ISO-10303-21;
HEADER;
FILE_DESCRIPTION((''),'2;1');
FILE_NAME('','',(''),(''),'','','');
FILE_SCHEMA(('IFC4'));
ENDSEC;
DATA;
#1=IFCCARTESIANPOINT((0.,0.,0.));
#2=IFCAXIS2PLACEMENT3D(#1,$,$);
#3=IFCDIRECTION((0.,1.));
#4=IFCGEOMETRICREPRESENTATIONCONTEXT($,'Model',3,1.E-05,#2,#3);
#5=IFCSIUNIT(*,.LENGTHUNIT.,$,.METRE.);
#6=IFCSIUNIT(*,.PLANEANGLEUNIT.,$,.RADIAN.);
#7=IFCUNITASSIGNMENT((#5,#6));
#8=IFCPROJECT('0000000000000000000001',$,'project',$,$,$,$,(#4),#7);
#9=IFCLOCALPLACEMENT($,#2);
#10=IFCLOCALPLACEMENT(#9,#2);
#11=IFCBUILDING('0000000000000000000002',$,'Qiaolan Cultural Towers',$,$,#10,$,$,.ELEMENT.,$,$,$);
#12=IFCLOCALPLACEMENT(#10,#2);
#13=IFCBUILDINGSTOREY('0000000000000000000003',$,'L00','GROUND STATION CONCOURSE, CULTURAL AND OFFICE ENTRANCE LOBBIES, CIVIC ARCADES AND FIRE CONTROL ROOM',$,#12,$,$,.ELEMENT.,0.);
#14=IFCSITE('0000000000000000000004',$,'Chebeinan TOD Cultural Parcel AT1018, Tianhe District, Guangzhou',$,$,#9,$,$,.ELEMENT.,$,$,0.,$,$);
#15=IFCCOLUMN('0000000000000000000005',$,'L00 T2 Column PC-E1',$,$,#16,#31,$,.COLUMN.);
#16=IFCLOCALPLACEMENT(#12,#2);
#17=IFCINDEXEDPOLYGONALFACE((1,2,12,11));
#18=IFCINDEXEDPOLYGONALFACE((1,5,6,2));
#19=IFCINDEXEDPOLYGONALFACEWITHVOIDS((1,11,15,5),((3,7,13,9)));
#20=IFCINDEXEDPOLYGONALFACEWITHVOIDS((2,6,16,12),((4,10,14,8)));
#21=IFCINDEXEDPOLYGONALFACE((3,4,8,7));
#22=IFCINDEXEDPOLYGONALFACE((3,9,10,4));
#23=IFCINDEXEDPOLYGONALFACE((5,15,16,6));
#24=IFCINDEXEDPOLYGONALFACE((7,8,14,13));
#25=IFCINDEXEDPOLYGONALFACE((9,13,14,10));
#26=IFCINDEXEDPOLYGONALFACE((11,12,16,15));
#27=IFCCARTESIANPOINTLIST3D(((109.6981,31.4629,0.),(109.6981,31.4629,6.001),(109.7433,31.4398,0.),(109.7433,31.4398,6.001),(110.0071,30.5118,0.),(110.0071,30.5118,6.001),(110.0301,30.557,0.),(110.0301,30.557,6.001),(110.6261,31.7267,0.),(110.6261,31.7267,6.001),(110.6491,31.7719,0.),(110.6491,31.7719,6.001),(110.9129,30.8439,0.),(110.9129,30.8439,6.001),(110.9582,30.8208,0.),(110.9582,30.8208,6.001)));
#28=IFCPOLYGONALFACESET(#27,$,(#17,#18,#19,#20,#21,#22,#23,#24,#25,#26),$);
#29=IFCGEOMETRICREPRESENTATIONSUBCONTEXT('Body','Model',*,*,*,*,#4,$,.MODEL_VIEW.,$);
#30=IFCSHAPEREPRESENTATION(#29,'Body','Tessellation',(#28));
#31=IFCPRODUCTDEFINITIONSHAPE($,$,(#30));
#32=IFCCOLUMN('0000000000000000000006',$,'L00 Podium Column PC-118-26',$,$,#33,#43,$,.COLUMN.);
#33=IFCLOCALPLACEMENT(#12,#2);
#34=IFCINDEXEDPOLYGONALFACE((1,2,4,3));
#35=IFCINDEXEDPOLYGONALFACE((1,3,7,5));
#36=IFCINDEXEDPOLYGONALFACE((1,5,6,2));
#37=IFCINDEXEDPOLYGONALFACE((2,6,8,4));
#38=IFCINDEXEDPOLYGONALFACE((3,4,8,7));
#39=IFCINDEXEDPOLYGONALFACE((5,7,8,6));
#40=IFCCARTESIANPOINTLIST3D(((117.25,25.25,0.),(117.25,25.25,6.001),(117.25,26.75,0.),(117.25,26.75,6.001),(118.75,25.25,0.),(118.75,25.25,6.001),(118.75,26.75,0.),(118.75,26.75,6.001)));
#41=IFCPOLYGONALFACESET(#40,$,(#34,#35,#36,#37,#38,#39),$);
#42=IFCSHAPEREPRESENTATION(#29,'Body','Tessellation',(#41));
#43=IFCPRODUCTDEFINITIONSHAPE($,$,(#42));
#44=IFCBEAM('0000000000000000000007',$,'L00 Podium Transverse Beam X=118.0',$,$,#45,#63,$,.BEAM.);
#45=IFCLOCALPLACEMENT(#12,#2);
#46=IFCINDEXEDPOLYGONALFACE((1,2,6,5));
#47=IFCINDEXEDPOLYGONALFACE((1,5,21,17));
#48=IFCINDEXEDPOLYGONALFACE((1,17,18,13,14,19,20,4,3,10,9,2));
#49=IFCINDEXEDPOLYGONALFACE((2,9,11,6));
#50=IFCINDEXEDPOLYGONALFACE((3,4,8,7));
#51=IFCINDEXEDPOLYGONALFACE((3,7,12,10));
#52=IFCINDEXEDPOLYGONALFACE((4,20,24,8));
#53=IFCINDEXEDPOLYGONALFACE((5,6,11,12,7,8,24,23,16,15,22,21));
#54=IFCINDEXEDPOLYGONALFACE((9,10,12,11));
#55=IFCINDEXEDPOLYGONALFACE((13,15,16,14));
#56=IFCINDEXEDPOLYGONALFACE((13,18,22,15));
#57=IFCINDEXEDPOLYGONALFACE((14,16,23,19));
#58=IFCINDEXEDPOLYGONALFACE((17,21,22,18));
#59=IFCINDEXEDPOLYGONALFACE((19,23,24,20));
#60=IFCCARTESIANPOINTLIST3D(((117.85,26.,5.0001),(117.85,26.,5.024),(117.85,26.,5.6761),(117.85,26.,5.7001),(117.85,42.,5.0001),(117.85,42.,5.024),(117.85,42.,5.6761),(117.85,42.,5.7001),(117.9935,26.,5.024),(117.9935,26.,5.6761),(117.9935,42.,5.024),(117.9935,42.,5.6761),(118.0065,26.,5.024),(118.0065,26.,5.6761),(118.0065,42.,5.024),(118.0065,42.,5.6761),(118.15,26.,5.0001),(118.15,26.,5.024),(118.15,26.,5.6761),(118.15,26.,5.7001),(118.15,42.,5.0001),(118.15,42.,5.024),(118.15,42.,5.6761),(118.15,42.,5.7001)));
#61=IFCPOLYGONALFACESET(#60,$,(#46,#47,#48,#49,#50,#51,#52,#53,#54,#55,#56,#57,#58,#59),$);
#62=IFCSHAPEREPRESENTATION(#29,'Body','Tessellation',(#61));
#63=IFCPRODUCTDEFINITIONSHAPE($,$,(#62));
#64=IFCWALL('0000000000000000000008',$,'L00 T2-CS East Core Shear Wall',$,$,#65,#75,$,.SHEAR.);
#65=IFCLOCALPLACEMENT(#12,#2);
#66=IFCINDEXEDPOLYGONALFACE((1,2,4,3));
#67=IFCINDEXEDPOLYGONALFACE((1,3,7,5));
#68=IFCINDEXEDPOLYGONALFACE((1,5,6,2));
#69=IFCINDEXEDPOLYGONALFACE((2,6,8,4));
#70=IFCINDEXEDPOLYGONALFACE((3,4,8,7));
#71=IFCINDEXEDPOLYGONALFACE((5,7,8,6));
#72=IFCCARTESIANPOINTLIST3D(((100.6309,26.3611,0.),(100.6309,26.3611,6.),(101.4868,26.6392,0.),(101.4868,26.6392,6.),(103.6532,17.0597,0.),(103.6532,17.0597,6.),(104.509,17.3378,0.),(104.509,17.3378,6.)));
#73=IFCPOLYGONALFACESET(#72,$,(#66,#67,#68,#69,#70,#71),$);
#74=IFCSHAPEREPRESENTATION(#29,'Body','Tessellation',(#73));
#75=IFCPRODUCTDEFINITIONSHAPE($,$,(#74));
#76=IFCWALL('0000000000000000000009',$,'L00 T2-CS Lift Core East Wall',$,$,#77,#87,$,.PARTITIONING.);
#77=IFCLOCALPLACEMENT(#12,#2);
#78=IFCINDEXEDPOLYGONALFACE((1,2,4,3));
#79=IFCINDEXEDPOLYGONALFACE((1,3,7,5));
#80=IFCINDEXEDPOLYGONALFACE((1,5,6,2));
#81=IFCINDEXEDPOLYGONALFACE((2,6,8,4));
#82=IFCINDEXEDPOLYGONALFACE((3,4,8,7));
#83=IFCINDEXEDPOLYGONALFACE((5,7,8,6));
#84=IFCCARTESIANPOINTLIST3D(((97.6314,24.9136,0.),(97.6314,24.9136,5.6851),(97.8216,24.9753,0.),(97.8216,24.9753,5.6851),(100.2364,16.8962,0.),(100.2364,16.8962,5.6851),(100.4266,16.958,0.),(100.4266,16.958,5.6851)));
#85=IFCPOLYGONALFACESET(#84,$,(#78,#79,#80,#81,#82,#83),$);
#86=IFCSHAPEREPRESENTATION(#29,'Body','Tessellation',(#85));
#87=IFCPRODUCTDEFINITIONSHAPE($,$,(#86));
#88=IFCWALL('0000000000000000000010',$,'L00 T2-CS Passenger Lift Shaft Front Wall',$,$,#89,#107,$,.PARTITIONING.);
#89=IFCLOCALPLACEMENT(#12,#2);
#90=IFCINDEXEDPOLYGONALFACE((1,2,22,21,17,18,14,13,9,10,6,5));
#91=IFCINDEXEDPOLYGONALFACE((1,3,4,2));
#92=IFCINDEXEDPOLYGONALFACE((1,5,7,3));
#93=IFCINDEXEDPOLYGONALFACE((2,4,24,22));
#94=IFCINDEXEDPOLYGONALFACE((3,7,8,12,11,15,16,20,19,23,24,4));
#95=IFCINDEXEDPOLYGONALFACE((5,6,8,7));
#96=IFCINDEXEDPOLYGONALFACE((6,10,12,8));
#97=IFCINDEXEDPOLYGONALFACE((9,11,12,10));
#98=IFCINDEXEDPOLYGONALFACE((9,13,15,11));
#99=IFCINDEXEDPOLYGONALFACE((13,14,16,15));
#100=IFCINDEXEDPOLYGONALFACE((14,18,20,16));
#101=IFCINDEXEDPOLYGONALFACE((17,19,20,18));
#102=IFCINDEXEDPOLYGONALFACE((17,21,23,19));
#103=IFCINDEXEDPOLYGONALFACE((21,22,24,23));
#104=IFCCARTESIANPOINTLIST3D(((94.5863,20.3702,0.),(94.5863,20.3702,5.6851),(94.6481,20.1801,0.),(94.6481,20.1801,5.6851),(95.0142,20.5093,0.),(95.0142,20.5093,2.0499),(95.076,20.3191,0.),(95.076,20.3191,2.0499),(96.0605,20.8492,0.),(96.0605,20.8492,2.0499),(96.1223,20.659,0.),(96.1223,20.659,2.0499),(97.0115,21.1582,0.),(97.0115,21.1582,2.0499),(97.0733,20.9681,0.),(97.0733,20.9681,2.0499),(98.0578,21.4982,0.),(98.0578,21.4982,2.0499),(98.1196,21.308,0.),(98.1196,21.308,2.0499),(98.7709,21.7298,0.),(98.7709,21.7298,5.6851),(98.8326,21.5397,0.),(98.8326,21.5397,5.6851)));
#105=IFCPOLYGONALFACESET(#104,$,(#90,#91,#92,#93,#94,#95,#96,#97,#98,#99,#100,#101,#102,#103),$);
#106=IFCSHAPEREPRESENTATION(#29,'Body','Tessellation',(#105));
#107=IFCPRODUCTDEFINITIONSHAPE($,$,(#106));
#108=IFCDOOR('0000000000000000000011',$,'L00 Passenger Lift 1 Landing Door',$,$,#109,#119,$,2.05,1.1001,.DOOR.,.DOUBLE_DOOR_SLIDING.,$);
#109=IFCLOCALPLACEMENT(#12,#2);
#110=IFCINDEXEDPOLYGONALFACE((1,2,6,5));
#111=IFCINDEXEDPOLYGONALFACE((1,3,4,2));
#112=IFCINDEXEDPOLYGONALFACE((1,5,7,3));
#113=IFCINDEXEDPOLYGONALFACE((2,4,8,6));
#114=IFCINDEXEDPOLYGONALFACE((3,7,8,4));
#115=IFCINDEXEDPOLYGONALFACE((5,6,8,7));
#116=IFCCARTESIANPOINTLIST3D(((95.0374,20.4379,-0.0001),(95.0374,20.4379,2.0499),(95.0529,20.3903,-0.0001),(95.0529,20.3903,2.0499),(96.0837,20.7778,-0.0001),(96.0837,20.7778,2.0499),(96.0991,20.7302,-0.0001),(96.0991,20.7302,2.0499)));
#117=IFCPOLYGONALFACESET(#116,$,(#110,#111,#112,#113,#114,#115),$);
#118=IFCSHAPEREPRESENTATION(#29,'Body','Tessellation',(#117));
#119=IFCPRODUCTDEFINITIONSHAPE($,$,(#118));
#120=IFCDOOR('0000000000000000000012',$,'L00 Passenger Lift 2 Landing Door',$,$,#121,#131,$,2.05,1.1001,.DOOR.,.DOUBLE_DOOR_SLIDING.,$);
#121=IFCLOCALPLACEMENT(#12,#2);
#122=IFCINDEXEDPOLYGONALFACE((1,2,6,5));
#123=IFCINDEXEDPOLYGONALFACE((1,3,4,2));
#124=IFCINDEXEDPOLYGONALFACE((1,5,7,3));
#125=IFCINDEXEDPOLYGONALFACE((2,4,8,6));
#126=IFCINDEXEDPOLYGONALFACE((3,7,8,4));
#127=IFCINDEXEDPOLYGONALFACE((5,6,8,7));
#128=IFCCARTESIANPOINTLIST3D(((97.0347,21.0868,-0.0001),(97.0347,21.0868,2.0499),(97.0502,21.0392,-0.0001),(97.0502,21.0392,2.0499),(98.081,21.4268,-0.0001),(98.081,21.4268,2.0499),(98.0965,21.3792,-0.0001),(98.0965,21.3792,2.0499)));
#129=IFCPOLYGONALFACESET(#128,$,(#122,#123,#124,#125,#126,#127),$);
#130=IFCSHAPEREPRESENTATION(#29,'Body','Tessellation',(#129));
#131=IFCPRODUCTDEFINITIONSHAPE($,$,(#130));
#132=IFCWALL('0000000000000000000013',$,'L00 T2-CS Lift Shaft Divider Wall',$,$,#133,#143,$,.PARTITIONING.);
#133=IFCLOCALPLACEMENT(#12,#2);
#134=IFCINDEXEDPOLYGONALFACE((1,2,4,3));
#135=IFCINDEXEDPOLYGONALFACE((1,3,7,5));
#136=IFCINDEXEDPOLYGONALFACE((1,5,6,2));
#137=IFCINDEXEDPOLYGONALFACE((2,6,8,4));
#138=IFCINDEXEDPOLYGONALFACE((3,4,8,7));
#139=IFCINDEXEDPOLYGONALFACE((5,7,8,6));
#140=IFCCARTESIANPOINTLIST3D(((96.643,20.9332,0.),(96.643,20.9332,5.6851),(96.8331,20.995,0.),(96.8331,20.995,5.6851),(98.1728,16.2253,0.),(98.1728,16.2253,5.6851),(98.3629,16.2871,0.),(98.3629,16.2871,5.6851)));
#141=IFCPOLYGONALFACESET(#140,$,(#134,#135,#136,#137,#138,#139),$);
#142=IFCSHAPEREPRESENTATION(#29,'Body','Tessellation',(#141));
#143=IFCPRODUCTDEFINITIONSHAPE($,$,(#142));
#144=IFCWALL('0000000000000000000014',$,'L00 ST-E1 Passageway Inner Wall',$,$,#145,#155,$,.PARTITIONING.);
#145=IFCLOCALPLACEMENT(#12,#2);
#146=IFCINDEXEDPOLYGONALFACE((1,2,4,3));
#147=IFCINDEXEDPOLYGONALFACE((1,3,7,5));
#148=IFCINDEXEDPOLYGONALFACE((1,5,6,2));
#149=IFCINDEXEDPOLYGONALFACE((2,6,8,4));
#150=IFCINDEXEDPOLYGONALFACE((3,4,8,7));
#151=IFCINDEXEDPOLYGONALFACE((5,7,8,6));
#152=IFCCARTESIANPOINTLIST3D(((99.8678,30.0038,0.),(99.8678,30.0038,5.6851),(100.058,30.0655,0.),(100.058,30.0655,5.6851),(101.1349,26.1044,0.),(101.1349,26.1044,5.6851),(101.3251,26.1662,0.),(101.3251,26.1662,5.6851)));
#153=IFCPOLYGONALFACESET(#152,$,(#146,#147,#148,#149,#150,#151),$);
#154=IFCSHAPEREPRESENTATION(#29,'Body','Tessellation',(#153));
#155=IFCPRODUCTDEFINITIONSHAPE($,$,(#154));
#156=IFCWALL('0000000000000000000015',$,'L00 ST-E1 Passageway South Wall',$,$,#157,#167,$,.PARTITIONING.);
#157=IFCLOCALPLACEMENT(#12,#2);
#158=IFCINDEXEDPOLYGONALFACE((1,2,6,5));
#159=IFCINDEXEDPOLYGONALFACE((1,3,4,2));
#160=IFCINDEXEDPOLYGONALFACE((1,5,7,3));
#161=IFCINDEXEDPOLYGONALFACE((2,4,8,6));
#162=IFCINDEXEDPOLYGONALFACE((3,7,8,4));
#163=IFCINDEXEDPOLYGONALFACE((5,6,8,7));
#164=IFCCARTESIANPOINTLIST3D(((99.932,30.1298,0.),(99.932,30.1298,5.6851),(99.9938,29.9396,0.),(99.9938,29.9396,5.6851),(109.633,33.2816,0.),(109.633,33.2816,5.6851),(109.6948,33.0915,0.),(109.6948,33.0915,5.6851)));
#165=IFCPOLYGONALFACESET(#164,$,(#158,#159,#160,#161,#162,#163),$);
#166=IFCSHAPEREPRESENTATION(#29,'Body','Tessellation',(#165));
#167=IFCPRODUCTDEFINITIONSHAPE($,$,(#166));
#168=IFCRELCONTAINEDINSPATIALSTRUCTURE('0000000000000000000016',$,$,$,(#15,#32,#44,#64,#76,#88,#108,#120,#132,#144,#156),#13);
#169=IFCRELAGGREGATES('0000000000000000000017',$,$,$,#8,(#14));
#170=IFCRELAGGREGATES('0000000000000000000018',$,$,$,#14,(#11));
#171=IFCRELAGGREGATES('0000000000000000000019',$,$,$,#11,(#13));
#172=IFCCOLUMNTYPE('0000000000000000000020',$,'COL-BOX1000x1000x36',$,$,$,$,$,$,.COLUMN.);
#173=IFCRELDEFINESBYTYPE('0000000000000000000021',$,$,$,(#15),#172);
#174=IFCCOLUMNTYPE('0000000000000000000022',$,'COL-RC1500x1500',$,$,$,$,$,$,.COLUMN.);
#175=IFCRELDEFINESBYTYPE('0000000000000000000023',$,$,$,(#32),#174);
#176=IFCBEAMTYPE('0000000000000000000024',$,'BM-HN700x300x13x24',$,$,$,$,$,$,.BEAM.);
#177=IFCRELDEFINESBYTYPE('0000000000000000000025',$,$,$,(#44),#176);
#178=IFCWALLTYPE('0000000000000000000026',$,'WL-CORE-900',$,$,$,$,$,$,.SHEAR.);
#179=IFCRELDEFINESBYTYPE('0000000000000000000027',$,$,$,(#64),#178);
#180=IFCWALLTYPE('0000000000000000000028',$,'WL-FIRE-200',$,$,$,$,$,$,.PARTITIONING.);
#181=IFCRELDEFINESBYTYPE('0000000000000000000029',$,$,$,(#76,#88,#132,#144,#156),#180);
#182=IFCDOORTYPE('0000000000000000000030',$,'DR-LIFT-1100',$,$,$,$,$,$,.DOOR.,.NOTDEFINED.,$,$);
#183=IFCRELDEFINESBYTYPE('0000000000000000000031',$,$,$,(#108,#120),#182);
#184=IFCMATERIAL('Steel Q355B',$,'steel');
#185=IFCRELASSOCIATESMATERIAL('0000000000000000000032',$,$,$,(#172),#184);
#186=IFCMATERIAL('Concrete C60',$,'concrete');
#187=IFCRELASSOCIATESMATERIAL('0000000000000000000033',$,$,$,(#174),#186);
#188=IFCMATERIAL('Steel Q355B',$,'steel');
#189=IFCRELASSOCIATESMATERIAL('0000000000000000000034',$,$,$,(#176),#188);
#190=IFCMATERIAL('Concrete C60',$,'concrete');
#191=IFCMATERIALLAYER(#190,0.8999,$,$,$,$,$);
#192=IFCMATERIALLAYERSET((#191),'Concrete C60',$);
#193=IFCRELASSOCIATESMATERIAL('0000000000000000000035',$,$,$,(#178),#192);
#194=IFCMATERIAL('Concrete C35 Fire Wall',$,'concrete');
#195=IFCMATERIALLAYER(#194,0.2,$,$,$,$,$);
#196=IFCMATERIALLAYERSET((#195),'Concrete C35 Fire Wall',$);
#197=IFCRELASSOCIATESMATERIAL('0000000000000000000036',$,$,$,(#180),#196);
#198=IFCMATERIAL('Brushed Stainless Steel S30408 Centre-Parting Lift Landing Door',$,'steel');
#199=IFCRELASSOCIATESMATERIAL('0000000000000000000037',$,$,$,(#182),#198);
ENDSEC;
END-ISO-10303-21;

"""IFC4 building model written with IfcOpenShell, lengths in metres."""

from ifc_helpers import new_model, si_unit, direction, frame, frame_2d, origin, origin_2d, place, context, subcontext, project, spatial, rectangle, hollow_rectangle, i_section, extrude, material, layer, layer_set, material_profile, profile_set, type_object, element, fill, save


model = new_model("IFC4")

# Units and contexts
model_context = context("Model", 3, precision=1e-05, world=origin(), true_north=direction((0.0, 1.0)))
body_context = subcontext(model_context, "Body", "Model", "MODEL_VIEW")
ifc_project = project(units=[si_unit("LENGTHUNIT", "METRE"), si_unit("PLANEANGLEUNIT", "RADIAN")], contexts=[model_context])

# Site, building, storey
site_placement = place(None, origin())
site = spatial("IfcSite", under=ifc_project, at=site_placement, Name="Chebeinan TOD Cultural Parcel AT1018, Tianhe District, Guangzhou", CompositionType="ELEMENT", RefElevation=0.0)
building_placement = place(site_placement, origin())
building = spatial("IfcBuilding", under=site, at=building_placement, Name="Qiaolan Cultural Towers", CompositionType="ELEMENT")
storey_placement = place(building_placement, origin())
storey = spatial("IfcBuildingStorey", under=building, at=storey_placement, Name="L00", Description="GROUND STATION CONCOURSE, CULTURAL AND OFFICE ENTRANCE LOBBIES, CIVIC ARCADES AND FIRE CONTROL ROOM", CompositionType="ELEMENT", Elevation=0.0)

# Columns
ifc_material_1 = material(Name="Steel Q355B", Category="steel")
ifc_material_profile_1 = material_profile(ifc_material_1, hollow_rectangle(XDim=1.0, YDim=1.0, WallThickness=0.0359, at=origin_2d()), Name="BOX1000x1000x36")
ifc_profile_set_1 = profile_set([ifc_material_profile_1], Name="Steel Q355B")
column_type_1 = type_object("IfcColumnType", Name="COL-BOX1000x1000x36", PredefinedType="COLUMN", material=ifc_profile_set_1)
column_1_placement = place(storey_placement, frame((110.3281, 31.1418, 0.0), z_axis=(0.0, 0.0, 1.0), x_axis=(0.951057, 0.309017, 0.0)))
element("IfcColumn", 1, at=column_1_placement, inside=storey, type_object=column_type_1, Name="L00 T2 Column PC-E1", PredefinedType="COLUMN", context=body_context, shape_type="SweptSolid", body=[
    extrude(hollow_rectangle(XDim=1.0, YDim=1.0, WallThickness=0.0359, at=origin_2d()), origin(), (0.0, 0.0, 1.0), 6.001),
])
ifc_material_2 = material(Name="Concrete C60", Category="concrete")
ifc_material_profile_2 = material_profile(ifc_material_2, rectangle(XDim=1.5, YDim=1.5, at=origin_2d()), Name="RC1500x1500")
ifc_profile_set_2 = profile_set([ifc_material_profile_2], Name="Concrete C60")
column_type_2 = type_object("IfcColumnType", Name="COL-RC1500x1500", PredefinedType="COLUMN", material=ifc_profile_set_2)
column_2_placement = place(storey_placement, frame((118.0, 26.0, 0.0), z_axis=(0.0, 0.0, 1.0), x_axis=(1.0, 0.0, 0.0)))
element("IfcColumn", 2, at=column_2_placement, inside=storey, type_object=column_type_2, Name="L00 Podium Column PC-118-26", PredefinedType="COLUMN", context=body_context, shape_type="SweptSolid", body=[
    extrude(rectangle(XDim=1.5, YDim=1.5, at=origin_2d()), origin(), (0.0, 0.0, 1.0), 6.001),
])

# Beam
ifc_material_3 = material(Name="Steel Q355B", Category="steel")
ifc_material_profile_3 = material_profile(ifc_material_3, i_section(OverallWidth=0.3, OverallDepth=0.7, WebThickness=0.0129, FlangeThickness=0.0239, at=origin_2d()), Name="HN700x300x13x24")
ifc_profile_set_3 = profile_set([ifc_material_profile_3], Name="Steel Q355B")
beam_type = type_object("IfcBeamType", Name="BM-HN700x300x13x24", PredefinedType="BEAM", material=ifc_profile_set_3)
beam_placement = place(storey_placement, frame((118.0, 26.0, 5.3501), z_axis=(0.0, 1.0, 0.0), x_axis=(-1.0, 0.0, 0.0)))
element("IfcBeam", 3, at=beam_placement, inside=storey, type_object=beam_type, Name="L00 Podium Transverse Beam X=118.0", PredefinedType="BEAM", context=body_context, shape_type="SweptSolid", body=[
    extrude(i_section(OverallWidth=0.3, OverallDepth=0.7, WebThickness=0.0129, FlangeThickness=0.0239, at=origin_2d()), origin(), (0.0, 0.0, 1.0), 16.0),
])

# Walls
ifc_material_4 = material(Name="Concrete C60", Category="concrete")
ifc_layer_1 = layer(ifc_material_4, 0.8999)
ifc_layer_set_1 = layer_set([ifc_layer_1], Name="Concrete C60")
wall_type_1 = type_object("IfcWallType", Name="WL-CORE-900", PredefinedType="SHEAR", material=ifc_layer_set_1)
wall_1_placement = place(storey_placement, frame((101.0588, 26.5002, 0.0), z_axis=(0.0, 0.0, 1.0), x_axis=(0.309022, -0.951055, 0.0)))
element("IfcWall", 4, at=wall_1_placement, inside=storey, type_object=wall_type_1, Name="L00 T2-CS East Core Shear Wall", PredefinedType="SHEAR", context=body_context, shape_type="SweptSolid", body=[
    extrude(rectangle(XDim=9.78, YDim=0.8999, at=frame_2d((4.8901, 0.0))), origin(), (0.0, 0.0, 1.0), 6.0),
])
ifc_material_5 = material(Name="Concrete C35 Fire Wall", Category="concrete")
ifc_layer_2 = layer(ifc_material_5, 0.2)
ifc_layer_set_2 = layer_set([ifc_layer_2], Name="Concrete C35 Fire Wall")
wall_type_2 = type_object("IfcWallType", Name="WL-FIRE-200", PredefinedType="PARTITIONING", material=ifc_layer_set_2)
wall_2_placement = place(storey_placement, frame((97.7266, 24.9443, 0.0), z_axis=(0.0, 0.0, 1.0), x_axis=(0.309016, -0.951057, 0.0)))
element("IfcWall", 5, at=wall_2_placement, inside=storey, type_object=wall_type_2, Name="L00 T2-CS Lift Core East Wall", PredefinedType="PARTITIONING", context=body_context, shape_type="SweptSolid", body=[
    extrude(rectangle(XDim=8.4299, YDim=0.2, at=frame_2d((4.2148, 0.0))), origin(), (0.0, 0.0, 1.0), 5.6851),
])

# Wall, openings, doors
wall_3_placement = place(storey_placement, frame((94.6172, 20.2751, 0.0), z_axis=(0.0, 0.0, 1.0), x_axis=(0.951059, 0.309011, 0.0)))
wall_3 = element("IfcWall", 6, at=wall_3_placement, inside=storey, type_object=wall_type_2, Name="L00 T2-CS Passenger Lift Shaft Front Wall", PredefinedType="PARTITIONING", context=body_context, shape_type="SweptSolid", body=[
    extrude(rectangle(XDim=4.3999, YDim=0.2, at=frame_2d((2.2, 0.0))), origin(), (0.0, 0.0, 1.0), 5.6851),
])
opening_1_placement = place(wall_3_placement, frame((0.45, 0.0, 0.0)))
opening_1 = element("IfcOpeningElement", 7, at=opening_1_placement, cuts=wall_3, PredefinedType="OPENING", context=body_context, shape_type="SweptSolid", body=[
    extrude(rectangle(XDim=1.1001, YDim=2.05, at=frame_2d((0.55, 1.0249))), frame((0.0, 0.1099, 0.0), z_axis=(0.0, -1.0, 0.0), x_axis=(1.0, 0.0, 0.0)), (0.0, 0.0, 1.0), 0.22),
])
opening_2_placement = place(wall_3_placement, frame((2.55, 0.0, 0.0)))
opening_2 = element("IfcOpeningElement", 8, at=opening_2_placement, cuts=wall_3, PredefinedType="OPENING", context=body_context, shape_type="SweptSolid", body=[
    extrude(rectangle(XDim=1.1001, YDim=2.05, at=frame_2d((0.55, 1.0249))), frame((0.0, 0.1099, 0.0), z_axis=(0.0, -1.0, 0.0), x_axis=(1.0, 0.0, 0.0)), (0.0, 0.0, 1.0), 0.22),
])
ifc_material_6 = material(Name="Brushed Stainless Steel S30408 Centre-Parting Lift Landing Door", Category="steel")
door_type_1 = type_object("IfcDoorType", Name="DR-LIFT-1100", OperationType="NOTDEFINED", PredefinedType="DOOR", material=ifc_material_6)
door_1_placement = place(opening_1_placement, origin())
door_1 = element("IfcDoor", 9, at=door_1_placement, inside=storey, type_object=door_type_1, Name="L00 Passenger Lift 1 Landing Door", OperationType="DOUBLE_DOOR_SLIDING", OverallHeight=2.05, OverallWidth=1.1001, PredefinedType="DOOR", context=body_context, shape_type="SweptSolid", body=[
    extrude(rectangle(XDim=1.1001, YDim=2.05, at=frame_2d((0.55, 1.0249))), frame((0.0, 0.0249, 0.0), z_axis=(0.0, -1.0, 0.0), x_axis=(1.0, 0.0, 0.0)), (0.0, 0.0, 1.0), 0.05),
])
fill(opening_1, door_1)
door_2_placement = place(opening_2_placement, origin())
door_2 = element("IfcDoor", 10, at=door_2_placement, inside=storey, type_object=door_type_1, Name="L00 Passenger Lift 2 Landing Door", OperationType="DOUBLE_DOOR_SLIDING", OverallHeight=2.05, OverallWidth=1.1001, PredefinedType="DOOR", context=body_context, shape_type="SweptSolid", body=[
    extrude(rectangle(XDim=1.1001, YDim=2.05, at=frame_2d((0.55, 1.0249))), frame((0.0, 0.0249, 0.0), z_axis=(0.0, -1.0, 0.0), x_axis=(1.0, 0.0, 0.0)), (0.0, 0.0, 1.0), 0.05),
])
fill(opening_2, door_2)

# Walls
wall_4_placement = place(storey_placement, frame((96.738, 20.9641, 0.0), z_axis=(0.0, 0.0, 1.0), x_axis=(0.309043, -0.951048, 0.0)))
element("IfcWall", 11, at=wall_4_placement, inside=storey, type_object=wall_type_2, Name="L00 T2-CS Lift Shaft Divider Wall", PredefinedType="PARTITIONING", context=body_context, shape_type="SweptSolid", body=[
    extrude(rectangle(XDim=4.9502, YDim=0.2, at=frame_2d((2.4751, 0.0))), origin(), (0.0, 0.0, 1.0), 5.6851),
])
wall_5_placement = place(storey_placement, frame((101.23, 26.1353, 0.0), z_axis=(0.0, 0.0, 1.0), x_axis=(-0.309038, 0.95105, 0.0)))
element("IfcWall", 12, at=wall_5_placement, inside=storey, type_object=wall_type_2, Name="L00 ST-E1 Passageway Inner Wall", PredefinedType="PARTITIONING", context=body_context, shape_type="SweptSolid", body=[
    extrude(rectangle(XDim=4.1001, YDim=0.2, at=frame_2d((2.05, 0.0))), origin(), (0.0, 0.0, 1.0), 5.6851),
])
wall_6_placement = place(storey_placement, frame((99.9629, 30.0347, 0.0), z_axis=(0.0, 0.0, 1.0), x_axis=(0.951061, 0.309002, 0.0)))
element("IfcWall", 13, at=wall_6_placement, inside=storey, type_object=wall_type_2, Name="L00 ST-E1 Passageway South Wall", PredefinedType="PARTITIONING", context=body_context, shape_type="SweptSolid", body=[
    extrude(rectangle(XDim=10.2002, YDim=0.2, at=frame_2d((5.1001, 0.0))), origin(), (0.0, 0.0, 1.0), 5.6851),
])

save(model, "model.ifc")
